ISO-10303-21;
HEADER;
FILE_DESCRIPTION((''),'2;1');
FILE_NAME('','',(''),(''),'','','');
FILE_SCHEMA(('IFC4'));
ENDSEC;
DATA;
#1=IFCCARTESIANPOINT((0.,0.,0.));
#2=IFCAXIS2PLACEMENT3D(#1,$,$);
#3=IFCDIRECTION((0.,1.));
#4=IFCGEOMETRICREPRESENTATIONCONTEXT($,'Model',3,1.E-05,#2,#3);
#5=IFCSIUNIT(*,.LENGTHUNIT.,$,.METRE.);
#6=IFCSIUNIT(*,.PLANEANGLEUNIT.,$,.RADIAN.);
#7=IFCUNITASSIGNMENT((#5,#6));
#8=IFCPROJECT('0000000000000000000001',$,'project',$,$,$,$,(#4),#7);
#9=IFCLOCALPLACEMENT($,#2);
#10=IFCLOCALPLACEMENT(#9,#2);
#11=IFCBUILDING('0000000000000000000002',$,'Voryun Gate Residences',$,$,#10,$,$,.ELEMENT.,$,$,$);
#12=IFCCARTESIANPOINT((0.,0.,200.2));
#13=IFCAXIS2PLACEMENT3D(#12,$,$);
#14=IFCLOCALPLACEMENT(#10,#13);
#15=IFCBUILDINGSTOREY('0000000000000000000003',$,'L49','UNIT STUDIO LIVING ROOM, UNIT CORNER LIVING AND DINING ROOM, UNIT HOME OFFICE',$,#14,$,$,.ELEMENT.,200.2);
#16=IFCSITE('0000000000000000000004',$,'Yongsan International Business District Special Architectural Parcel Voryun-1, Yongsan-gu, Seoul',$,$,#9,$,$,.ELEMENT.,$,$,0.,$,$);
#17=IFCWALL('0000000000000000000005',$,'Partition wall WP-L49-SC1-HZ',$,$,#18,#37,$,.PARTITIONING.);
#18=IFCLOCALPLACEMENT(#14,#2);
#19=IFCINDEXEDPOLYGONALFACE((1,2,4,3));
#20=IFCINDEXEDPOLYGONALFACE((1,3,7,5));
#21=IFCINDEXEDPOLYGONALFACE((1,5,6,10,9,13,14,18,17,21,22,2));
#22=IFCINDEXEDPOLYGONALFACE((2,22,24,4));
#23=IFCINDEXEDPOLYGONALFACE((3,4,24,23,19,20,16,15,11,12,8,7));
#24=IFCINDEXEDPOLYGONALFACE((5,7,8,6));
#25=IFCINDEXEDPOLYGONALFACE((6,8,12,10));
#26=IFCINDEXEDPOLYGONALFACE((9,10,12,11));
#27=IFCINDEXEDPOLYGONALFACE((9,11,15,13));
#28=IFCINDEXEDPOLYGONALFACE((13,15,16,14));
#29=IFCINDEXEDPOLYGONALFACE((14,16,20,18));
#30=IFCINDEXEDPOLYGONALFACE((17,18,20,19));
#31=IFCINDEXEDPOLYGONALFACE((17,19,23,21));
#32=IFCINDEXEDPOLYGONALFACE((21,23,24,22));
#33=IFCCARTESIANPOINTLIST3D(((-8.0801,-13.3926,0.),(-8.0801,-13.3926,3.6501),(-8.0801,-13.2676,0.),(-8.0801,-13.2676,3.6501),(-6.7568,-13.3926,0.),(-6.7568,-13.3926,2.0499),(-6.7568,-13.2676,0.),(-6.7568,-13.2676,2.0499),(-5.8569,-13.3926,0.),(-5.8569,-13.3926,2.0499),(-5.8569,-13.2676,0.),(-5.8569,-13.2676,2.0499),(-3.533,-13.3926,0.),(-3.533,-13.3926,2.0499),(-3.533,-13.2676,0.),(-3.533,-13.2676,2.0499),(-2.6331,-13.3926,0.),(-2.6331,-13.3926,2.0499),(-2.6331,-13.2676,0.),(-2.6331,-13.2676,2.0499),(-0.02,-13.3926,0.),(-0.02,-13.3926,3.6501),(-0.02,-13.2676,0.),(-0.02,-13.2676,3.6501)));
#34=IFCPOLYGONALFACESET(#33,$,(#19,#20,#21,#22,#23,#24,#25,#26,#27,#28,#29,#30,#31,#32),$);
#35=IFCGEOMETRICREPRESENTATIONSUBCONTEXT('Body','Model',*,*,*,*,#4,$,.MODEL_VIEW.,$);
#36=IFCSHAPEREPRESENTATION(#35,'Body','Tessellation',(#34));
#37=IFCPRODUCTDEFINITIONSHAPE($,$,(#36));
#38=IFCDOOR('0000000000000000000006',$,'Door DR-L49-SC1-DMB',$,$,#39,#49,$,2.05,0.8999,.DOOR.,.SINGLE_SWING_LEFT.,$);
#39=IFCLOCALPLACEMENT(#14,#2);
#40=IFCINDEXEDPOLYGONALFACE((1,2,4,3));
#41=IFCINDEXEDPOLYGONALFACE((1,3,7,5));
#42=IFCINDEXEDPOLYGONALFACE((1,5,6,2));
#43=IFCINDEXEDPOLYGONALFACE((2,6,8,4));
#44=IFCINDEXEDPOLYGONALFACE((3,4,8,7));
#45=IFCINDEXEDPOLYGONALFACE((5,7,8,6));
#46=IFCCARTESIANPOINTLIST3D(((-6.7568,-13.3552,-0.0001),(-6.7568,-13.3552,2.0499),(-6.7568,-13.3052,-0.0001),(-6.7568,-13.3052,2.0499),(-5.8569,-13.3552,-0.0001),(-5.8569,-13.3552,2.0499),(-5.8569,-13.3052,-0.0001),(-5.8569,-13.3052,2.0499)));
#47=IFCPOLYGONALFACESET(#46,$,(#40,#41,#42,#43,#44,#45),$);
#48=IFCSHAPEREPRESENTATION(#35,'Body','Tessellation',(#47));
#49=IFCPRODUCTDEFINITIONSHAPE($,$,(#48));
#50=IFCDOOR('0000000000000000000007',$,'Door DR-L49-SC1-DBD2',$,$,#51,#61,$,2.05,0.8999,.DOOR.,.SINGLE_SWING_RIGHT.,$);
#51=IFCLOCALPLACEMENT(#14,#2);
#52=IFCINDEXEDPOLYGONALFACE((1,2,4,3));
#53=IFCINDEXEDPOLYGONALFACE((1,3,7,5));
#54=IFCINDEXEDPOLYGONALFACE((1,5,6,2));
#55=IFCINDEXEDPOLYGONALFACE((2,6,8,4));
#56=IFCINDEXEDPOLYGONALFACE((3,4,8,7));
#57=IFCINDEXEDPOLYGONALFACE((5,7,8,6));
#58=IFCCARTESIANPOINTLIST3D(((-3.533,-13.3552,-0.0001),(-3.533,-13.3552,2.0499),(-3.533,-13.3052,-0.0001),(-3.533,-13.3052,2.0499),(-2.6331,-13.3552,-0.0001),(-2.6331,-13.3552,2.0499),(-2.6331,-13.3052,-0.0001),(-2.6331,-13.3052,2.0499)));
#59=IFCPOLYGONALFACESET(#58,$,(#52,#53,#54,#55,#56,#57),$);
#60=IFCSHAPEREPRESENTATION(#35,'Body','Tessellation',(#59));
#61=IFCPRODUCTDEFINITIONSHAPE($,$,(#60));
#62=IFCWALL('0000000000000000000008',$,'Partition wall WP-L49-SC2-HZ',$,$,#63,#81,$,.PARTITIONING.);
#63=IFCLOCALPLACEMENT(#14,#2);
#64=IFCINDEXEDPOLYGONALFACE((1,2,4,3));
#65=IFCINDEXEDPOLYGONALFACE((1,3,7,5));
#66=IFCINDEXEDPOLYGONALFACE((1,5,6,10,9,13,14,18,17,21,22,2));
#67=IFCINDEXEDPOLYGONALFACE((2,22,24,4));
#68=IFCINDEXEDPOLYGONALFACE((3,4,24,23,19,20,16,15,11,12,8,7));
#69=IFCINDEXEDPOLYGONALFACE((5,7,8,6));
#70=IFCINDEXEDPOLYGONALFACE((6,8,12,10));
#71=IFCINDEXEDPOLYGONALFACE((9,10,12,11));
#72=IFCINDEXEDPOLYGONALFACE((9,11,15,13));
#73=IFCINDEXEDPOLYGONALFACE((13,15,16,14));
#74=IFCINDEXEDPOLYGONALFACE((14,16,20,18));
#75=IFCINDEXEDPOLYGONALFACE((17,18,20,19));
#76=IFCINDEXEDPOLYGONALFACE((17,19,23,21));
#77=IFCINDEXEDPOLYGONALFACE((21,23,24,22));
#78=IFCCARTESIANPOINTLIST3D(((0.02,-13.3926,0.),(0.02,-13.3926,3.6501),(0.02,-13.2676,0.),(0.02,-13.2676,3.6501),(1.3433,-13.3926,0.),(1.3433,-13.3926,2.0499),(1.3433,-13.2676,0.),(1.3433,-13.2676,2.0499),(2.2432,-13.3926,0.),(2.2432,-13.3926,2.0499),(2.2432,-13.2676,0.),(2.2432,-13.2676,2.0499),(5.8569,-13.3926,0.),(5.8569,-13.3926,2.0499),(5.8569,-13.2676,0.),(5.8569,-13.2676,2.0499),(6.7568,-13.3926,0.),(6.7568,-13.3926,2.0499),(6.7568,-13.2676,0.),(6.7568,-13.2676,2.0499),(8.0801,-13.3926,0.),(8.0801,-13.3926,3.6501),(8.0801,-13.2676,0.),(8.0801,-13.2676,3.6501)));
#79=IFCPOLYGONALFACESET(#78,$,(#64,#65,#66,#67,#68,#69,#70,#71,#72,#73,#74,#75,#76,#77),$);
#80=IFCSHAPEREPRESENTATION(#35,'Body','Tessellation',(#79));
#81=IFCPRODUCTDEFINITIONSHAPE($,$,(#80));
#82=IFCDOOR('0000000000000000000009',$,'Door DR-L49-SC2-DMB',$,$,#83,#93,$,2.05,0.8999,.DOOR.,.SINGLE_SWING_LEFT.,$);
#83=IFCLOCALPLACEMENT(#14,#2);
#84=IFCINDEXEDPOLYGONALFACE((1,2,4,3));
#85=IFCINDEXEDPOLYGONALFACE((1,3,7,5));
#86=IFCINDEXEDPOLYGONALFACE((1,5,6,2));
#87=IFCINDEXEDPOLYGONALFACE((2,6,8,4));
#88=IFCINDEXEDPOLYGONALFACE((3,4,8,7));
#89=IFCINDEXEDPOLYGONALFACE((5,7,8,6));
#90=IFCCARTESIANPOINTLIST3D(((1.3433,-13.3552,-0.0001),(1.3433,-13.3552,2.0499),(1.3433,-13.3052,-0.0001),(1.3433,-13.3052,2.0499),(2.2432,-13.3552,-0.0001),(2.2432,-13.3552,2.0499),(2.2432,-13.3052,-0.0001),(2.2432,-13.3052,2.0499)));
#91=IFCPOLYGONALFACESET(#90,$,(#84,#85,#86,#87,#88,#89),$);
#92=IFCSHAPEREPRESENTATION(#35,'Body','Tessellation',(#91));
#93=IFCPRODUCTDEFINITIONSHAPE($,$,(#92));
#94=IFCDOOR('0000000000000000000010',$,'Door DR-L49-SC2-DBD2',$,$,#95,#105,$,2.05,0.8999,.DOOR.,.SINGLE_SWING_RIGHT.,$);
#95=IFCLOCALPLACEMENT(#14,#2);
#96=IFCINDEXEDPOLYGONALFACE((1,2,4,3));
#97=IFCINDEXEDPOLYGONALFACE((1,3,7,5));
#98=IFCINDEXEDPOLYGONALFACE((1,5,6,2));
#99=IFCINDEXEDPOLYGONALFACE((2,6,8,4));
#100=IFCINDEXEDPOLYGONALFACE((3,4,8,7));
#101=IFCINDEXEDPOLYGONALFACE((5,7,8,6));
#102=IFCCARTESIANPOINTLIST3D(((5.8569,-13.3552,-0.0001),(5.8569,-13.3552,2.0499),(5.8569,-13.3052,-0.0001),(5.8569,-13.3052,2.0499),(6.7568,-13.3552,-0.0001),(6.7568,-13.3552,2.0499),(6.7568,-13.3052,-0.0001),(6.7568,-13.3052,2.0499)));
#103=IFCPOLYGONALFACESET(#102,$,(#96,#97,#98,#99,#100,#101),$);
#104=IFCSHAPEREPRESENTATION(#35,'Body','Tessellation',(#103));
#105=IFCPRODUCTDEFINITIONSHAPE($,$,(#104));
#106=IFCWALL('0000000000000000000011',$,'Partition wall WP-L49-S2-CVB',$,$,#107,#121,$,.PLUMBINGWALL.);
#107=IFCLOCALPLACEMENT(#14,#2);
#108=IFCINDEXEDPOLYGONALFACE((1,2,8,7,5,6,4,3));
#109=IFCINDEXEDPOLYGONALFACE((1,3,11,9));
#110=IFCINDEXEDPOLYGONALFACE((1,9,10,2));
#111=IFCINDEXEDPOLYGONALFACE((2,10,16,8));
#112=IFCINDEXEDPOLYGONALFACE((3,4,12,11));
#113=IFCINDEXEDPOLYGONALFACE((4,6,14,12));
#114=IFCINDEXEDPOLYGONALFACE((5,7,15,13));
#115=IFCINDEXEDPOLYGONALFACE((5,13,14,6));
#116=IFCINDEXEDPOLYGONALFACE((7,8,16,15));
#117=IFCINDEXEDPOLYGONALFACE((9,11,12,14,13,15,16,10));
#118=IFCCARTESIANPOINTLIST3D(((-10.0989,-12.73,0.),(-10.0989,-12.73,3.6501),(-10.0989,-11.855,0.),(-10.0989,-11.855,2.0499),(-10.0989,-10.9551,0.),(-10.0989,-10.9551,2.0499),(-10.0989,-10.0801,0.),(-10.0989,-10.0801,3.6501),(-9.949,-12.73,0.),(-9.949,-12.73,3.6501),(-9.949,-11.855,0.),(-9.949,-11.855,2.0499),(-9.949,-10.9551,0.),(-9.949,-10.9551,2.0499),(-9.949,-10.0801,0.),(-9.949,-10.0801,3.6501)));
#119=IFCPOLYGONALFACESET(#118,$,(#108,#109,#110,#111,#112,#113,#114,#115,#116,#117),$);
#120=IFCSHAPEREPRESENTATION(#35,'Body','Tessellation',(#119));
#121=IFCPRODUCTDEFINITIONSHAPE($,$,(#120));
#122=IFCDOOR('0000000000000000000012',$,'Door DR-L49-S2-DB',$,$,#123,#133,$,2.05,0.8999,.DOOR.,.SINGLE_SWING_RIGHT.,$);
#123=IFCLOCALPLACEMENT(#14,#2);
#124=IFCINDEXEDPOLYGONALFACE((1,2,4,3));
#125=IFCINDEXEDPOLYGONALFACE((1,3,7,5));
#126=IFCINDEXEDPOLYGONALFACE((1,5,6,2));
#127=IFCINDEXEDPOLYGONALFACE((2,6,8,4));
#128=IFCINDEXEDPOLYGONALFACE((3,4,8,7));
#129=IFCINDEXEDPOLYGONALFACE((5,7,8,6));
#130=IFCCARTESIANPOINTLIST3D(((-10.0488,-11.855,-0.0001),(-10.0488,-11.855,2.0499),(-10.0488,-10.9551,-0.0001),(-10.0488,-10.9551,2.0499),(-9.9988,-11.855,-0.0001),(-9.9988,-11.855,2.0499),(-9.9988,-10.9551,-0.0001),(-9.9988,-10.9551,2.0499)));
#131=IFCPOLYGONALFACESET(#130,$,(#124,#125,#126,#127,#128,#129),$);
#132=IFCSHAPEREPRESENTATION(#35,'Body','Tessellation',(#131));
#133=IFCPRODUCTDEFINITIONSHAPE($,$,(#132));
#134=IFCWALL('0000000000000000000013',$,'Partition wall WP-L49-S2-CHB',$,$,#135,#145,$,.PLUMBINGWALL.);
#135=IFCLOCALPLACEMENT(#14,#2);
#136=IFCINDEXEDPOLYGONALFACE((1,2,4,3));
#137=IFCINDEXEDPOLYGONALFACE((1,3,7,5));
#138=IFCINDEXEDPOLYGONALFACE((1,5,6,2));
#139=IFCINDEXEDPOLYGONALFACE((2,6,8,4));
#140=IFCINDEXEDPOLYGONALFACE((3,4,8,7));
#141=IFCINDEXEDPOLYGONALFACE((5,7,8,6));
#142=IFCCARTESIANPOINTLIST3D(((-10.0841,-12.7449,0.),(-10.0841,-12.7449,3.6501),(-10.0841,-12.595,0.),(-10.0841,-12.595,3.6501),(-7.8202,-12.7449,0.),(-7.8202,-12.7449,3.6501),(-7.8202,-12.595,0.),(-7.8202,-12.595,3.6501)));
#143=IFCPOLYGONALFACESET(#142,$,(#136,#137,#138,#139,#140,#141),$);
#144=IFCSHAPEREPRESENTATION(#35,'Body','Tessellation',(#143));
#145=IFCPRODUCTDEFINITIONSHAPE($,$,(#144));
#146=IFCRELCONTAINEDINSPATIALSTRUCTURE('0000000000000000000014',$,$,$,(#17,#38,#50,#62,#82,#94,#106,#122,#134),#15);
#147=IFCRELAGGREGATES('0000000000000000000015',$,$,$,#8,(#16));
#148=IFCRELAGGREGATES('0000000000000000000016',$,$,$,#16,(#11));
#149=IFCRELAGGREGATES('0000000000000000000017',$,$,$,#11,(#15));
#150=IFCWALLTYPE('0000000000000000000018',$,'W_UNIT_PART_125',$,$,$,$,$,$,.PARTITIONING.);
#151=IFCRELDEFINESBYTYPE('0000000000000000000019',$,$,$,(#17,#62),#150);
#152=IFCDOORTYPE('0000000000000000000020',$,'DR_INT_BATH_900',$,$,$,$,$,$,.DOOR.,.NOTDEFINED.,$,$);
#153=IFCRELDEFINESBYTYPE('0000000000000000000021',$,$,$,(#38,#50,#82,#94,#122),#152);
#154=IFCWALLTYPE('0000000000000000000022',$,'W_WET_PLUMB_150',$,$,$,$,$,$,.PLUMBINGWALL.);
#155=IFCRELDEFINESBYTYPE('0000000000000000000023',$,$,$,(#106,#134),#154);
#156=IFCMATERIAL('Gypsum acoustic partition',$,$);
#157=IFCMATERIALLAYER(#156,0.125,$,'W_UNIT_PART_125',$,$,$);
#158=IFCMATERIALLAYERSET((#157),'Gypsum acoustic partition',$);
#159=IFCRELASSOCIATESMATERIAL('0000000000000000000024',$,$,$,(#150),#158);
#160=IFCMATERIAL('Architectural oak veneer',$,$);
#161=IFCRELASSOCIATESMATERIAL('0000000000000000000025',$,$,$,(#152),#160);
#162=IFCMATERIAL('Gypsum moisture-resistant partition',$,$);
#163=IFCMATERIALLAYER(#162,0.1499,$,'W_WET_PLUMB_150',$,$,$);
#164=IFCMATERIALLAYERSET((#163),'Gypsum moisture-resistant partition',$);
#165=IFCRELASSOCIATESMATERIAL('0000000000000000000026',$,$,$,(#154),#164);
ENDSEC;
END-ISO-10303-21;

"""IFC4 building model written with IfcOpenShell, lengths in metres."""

from ifc_helpers import new_model, si_unit, direction, frame, frame_2d, origin, place, context, subcontext, project, spatial, rectangle, extrude, material, layer, layer_set, type_object, element, fill, save


model = new_model("IFC4")

# Units and contexts
model_context = context("Model", 3, precision=1e-05, world=origin(), true_north=direction((0.0, 1.0)))
body_context = subcontext(model_context, "Body", "Model", "MODEL_VIEW")
ifc_project = project(units=[si_unit("LENGTHUNIT", "METRE"), si_unit("PLANEANGLEUNIT", "RADIAN")], contexts=[model_context])

# Site, building, storey
site_placement = place(None, origin())
site = spatial("IfcSite", under=ifc_project, at=site_placement, Name="Yongsan International Business District Special Architectural Parcel Voryun-1, Yongsan-gu, Seoul", CompositionType="ELEMENT", RefElevation=0.0)
building_placement = place(site_placement, origin())
building = spatial("IfcBuilding", under=site, at=building_placement, Name="Voryun Gate Residences", CompositionType="ELEMENT")
storey_placement = place(building_placement, frame((0.0, 0.0, 200.2)))
storey = spatial("IfcBuildingStorey", under=building, at=storey_placement, Name="L49", Description="UNIT STUDIO LIVING ROOM, UNIT CORNER LIVING AND DINING ROOM, UNIT HOME OFFICE", CompositionType="ELEMENT", Elevation=200.2)

# Shared definitions
ifc_material_1 = material(Name="Gypsum acoustic partition")
ifc_layer_1 = layer(ifc_material_1, 0.125, Name="W_UNIT_PART_125")
ifc_layer_set_1 = layer_set([ifc_layer_1], Name="Gypsum acoustic partition")
wall_type_1 = type_object("IfcWallType", Name="W_UNIT_PART_125", PredefinedType="PARTITIONING", material=ifc_layer_set_1)
ifc_material_2 = material(Name="Architectural oak veneer")
door_type = type_object("IfcDoorType", Name="DR_INT_BATH_900", OperationType="NOTDEFINED", PredefinedType="DOOR", material=ifc_material_2)

# Walls, openings, doors
wall_1_placement = place(storey_placement, frame((-8.0801, -13.3301, 0.0), z_axis=(0.0, 0.0, 1.0), x_axis=(1.0, 0.0, 0.0)))
wall_1 = element("IfcWall", 1, at=wall_1_placement, inside=storey, type_object=wall_type_1, Name="Partition wall WP-L49-SC1-HZ", PredefinedType="PARTITIONING", context=body_context, shape_type="SweptSolid", body=[
    extrude(rectangle(XDim=8.0601, YDim=0.125, at=frame_2d((4.03, 0.0))), origin(), (0.0, 0.0, 1.0), 3.6501),
])
opening_1_placement = place(wall_1_placement, frame((1.3232, 0.0, 0.0)))
opening_1 = element("IfcOpeningElement", 2, at=opening_1_placement, cuts=wall_1, PredefinedType="OPENING", context=body_context, shape_type="SweptSolid", body=[
    extrude(rectangle(XDim=0.8999, YDim=2.05, at=frame_2d((0.45, 1.0249))), frame((0.0, 0.0725, 0.0), z_axis=(0.0, -1.0, 0.0), x_axis=(1.0, 0.0, 0.0)), (0.0, 0.0, 1.0), 0.145),
])
opening_2_placement = place(wall_1_placement, frame((4.5471, 0.0, 0.0)))
opening_2 = element("IfcOpeningElement", 3, at=opening_2_placement, cuts=wall_1, PredefinedType="OPENING", context=body_context, shape_type="SweptSolid", body=[
    extrude(rectangle(XDim=0.8999, YDim=2.05, at=frame_2d((0.45, 1.0249))), frame((0.0, 0.0725, 0.0), z_axis=(0.0, -1.0, 0.0), x_axis=(1.0, 0.0, 0.0)), (0.0, 0.0, 1.0), 0.145),
])
door_1_placement = place(opening_1_placement, origin())
door_1 = element("IfcDoor", 4, at=door_1_placement, inside=storey, type_object=door_type, Name="Door DR-L49-SC1-DMB", OperationType="SINGLE_SWING_LEFT", OverallHeight=2.05, OverallWidth=0.8999, PredefinedType="DOOR", context=body_context, shape_type="SweptSolid", body=[
    extrude(rectangle(XDim=0.8999, YDim=2.05, at=frame_2d((0.45, 1.0249))), frame((0.0, 0.0249, 0.0), z_axis=(0.0, -1.0, 0.0), x_axis=(1.0, 0.0, 0.0)), (0.0, 0.0, 1.0), 0.05),
])
fill(opening_1, door_1)
door_2_placement = place(opening_2_placement, origin())
door_2 = element("IfcDoor", 5, at=door_2_placement, inside=storey, type_object=door_type, Name="Door DR-L49-SC1-DBD2", OperationType="SINGLE_SWING_RIGHT", OverallHeight=2.05, OverallWidth=0.8999, PredefinedType="DOOR", context=body_context, shape_type="SweptSolid", body=[
    extrude(rectangle(XDim=0.8999, YDim=2.05, at=frame_2d((0.45, 1.0249))), frame((0.0, 0.0249, 0.0), z_axis=(0.0, -1.0, 0.0), x_axis=(1.0, 0.0, 0.0)), (0.0, 0.0, 1.0), 0.05),
])
fill(opening_2, door_2)
wall_2_placement = place(storey_placement, frame((0.02, -13.3301, 0.0), z_axis=(0.0, 0.0, 1.0), x_axis=(1.0, 0.0, 0.0)))
wall_2 = element("IfcWall", 6, at=wall_2_placement, inside=storey, type_object=wall_type_1, Name="Partition wall WP-L49-SC2-HZ", PredefinedType="PARTITIONING", context=body_context, shape_type="SweptSolid", body=[
    extrude(rectangle(XDim=8.0601, YDim=0.125, at=frame_2d((4.03, 0.0))), origin(), (0.0, 0.0, 1.0), 3.6501),
])
opening_3_placement = place(wall_2_placement, frame((1.3232, 0.0, 0.0)))
opening_3 = element("IfcOpeningElement", 7, at=opening_3_placement, cuts=wall_2, PredefinedType="OPENING", context=body_context, shape_type="SweptSolid", body=[
    extrude(rectangle(XDim=0.8999, YDim=2.05, at=frame_2d((0.45, 1.0249))), frame((0.0, 0.0725, 0.0), z_axis=(0.0, -1.0, 0.0), x_axis=(1.0, 0.0, 0.0)), (0.0, 0.0, 1.0), 0.145),
])
opening_4_placement = place(wall_2_placement, frame((5.8369, 0.0, 0.0)))
opening_4 = element("IfcOpeningElement", 8, at=opening_4_placement, cuts=wall_2, PredefinedType="OPENING", context=body_context, shape_type="SweptSolid", body=[
    extrude(rectangle(XDim=0.8999, YDim=2.05, at=frame_2d((0.45, 1.0249))), frame((0.0, 0.0725, 0.0), z_axis=(0.0, -1.0, 0.0), x_axis=(1.0, 0.0, 0.0)), (0.0, 0.0, 1.0), 0.145),
])
door_3_placement = place(opening_3_placement, origin())
door_3 = element("IfcDoor", 9, at=door_3_placement, inside=storey, type_object=door_type, Name="Door DR-L49-SC2-DMB", OperationType="SINGLE_SWING_LEFT", OverallHeight=2.05, OverallWidth=0.8999, PredefinedType="DOOR", context=body_context, shape_type="SweptSolid", body=[
    extrude(rectangle(XDim=0.8999, YDim=2.05, at=frame_2d((0.45, 1.0249))), frame((0.0, 0.0249, 0.0), z_axis=(0.0, -1.0, 0.0), x_axis=(1.0, 0.0, 0.0)), (0.0, 0.0, 1.0), 0.05),
])
fill(opening_3, door_3)
door_4_placement = place(opening_4_placement, origin())
door_4 = element("IfcDoor", 10, at=door_4_placement, inside=storey, type_object=door_type, Name="Door DR-L49-SC2-DBD2", OperationType="SINGLE_SWING_RIGHT", OverallHeight=2.05, OverallWidth=0.8999, PredefinedType="DOOR", context=body_context, shape_type="SweptSolid", body=[
    extrude(rectangle(XDim=0.8999, YDim=2.05, at=frame_2d((0.45, 1.0249))), frame((0.0, 0.0249, 0.0), z_axis=(0.0, -1.0, 0.0), x_axis=(1.0, 0.0, 0.0)), (0.0, 0.0, 1.0), 0.05),
])
fill(opening_4, door_4)

# Wall, opening, door
ifc_material_3 = material(Name="Gypsum moisture-resistant partition")
ifc_layer_2 = layer(ifc_material_3, 0.1499, Name="W_WET_PLUMB_150")
ifc_layer_set_2 = layer_set([ifc_layer_2], Name="Gypsum moisture-resistant partition")
wall_type_2 = type_object("IfcWallType", Name="W_WET_PLUMB_150", PredefinedType="PLUMBINGWALL", material=ifc_layer_set_2)
wall_3_placement = place(storey_placement, frame((-10.0239, -12.73, 0.0), z_axis=(0.0, 0.0, 1.0), x_axis=(0.0, 1.0, 0.0)))
wall_3 = element("IfcWall", 11, at=wall_3_placement, inside=storey, type_object=wall_type_2, Name="Partition wall WP-L49-S2-CVB", PredefinedType="PLUMBINGWALL", context=body_context, shape_type="SweptSolid", body=[
    extrude(rectangle(XDim=2.6499, YDim=0.1499, at=frame_2d((1.325, 0.0))), origin(), (0.0, 0.0, 1.0), 3.6501),
])
opening_5_placement = place(wall_3_placement, frame((0.875, 0.0, 0.0)))
opening_5 = element("IfcOpeningElement", 12, at=opening_5_placement, cuts=wall_3, PredefinedType="OPENING", context=body_context, shape_type="SweptSolid", body=[
    extrude(rectangle(XDim=0.8999, YDim=2.05, at=frame_2d((0.45, 1.0249))), frame((0.0, 0.085, 0.0), z_axis=(0.0, -1.0, 0.0), x_axis=(1.0, 0.0, 0.0)), (0.0, 0.0, 1.0), 0.1699),
])
door_5_placement = place(opening_5_placement, origin())
door_5 = element("IfcDoor", 13, at=door_5_placement, inside=storey, type_object=door_type, Name="Door DR-L49-S2-DB", OperationType="SINGLE_SWING_RIGHT", OverallHeight=2.05, OverallWidth=0.8999, PredefinedType="DOOR", context=body_context, shape_type="SweptSolid", body=[
    extrude(rectangle(XDim=0.8999, YDim=2.05, at=frame_2d((0.45, 1.0249))), frame((0.0, 0.0249, 0.0), z_axis=(0.0, -1.0, 0.0), x_axis=(1.0, 0.0, 0.0)), (0.0, 0.0, 1.0), 0.05),
])
fill(opening_5, door_5)

# Wall
wall_4_placement = place(storey_placement, frame((-10.084, -12.6699, 0.0), z_axis=(0.0, 0.0, 1.0), x_axis=(1.0, 0.0, 0.0)))
element("IfcWall", 14, at=wall_4_placement, inside=storey, type_object=wall_type_2, Name="Partition wall WP-L49-S2-CHB", PredefinedType="PLUMBINGWALL", context=body_context, shape_type="SweptSolid", body=[
    extrude(rectangle(XDim=2.2639, YDim=0.1499, at=frame_2d((1.1318, 0.0))), origin(), (0.0, 0.0, 1.0), 3.6501),
])

save(model, "model.ifc")
